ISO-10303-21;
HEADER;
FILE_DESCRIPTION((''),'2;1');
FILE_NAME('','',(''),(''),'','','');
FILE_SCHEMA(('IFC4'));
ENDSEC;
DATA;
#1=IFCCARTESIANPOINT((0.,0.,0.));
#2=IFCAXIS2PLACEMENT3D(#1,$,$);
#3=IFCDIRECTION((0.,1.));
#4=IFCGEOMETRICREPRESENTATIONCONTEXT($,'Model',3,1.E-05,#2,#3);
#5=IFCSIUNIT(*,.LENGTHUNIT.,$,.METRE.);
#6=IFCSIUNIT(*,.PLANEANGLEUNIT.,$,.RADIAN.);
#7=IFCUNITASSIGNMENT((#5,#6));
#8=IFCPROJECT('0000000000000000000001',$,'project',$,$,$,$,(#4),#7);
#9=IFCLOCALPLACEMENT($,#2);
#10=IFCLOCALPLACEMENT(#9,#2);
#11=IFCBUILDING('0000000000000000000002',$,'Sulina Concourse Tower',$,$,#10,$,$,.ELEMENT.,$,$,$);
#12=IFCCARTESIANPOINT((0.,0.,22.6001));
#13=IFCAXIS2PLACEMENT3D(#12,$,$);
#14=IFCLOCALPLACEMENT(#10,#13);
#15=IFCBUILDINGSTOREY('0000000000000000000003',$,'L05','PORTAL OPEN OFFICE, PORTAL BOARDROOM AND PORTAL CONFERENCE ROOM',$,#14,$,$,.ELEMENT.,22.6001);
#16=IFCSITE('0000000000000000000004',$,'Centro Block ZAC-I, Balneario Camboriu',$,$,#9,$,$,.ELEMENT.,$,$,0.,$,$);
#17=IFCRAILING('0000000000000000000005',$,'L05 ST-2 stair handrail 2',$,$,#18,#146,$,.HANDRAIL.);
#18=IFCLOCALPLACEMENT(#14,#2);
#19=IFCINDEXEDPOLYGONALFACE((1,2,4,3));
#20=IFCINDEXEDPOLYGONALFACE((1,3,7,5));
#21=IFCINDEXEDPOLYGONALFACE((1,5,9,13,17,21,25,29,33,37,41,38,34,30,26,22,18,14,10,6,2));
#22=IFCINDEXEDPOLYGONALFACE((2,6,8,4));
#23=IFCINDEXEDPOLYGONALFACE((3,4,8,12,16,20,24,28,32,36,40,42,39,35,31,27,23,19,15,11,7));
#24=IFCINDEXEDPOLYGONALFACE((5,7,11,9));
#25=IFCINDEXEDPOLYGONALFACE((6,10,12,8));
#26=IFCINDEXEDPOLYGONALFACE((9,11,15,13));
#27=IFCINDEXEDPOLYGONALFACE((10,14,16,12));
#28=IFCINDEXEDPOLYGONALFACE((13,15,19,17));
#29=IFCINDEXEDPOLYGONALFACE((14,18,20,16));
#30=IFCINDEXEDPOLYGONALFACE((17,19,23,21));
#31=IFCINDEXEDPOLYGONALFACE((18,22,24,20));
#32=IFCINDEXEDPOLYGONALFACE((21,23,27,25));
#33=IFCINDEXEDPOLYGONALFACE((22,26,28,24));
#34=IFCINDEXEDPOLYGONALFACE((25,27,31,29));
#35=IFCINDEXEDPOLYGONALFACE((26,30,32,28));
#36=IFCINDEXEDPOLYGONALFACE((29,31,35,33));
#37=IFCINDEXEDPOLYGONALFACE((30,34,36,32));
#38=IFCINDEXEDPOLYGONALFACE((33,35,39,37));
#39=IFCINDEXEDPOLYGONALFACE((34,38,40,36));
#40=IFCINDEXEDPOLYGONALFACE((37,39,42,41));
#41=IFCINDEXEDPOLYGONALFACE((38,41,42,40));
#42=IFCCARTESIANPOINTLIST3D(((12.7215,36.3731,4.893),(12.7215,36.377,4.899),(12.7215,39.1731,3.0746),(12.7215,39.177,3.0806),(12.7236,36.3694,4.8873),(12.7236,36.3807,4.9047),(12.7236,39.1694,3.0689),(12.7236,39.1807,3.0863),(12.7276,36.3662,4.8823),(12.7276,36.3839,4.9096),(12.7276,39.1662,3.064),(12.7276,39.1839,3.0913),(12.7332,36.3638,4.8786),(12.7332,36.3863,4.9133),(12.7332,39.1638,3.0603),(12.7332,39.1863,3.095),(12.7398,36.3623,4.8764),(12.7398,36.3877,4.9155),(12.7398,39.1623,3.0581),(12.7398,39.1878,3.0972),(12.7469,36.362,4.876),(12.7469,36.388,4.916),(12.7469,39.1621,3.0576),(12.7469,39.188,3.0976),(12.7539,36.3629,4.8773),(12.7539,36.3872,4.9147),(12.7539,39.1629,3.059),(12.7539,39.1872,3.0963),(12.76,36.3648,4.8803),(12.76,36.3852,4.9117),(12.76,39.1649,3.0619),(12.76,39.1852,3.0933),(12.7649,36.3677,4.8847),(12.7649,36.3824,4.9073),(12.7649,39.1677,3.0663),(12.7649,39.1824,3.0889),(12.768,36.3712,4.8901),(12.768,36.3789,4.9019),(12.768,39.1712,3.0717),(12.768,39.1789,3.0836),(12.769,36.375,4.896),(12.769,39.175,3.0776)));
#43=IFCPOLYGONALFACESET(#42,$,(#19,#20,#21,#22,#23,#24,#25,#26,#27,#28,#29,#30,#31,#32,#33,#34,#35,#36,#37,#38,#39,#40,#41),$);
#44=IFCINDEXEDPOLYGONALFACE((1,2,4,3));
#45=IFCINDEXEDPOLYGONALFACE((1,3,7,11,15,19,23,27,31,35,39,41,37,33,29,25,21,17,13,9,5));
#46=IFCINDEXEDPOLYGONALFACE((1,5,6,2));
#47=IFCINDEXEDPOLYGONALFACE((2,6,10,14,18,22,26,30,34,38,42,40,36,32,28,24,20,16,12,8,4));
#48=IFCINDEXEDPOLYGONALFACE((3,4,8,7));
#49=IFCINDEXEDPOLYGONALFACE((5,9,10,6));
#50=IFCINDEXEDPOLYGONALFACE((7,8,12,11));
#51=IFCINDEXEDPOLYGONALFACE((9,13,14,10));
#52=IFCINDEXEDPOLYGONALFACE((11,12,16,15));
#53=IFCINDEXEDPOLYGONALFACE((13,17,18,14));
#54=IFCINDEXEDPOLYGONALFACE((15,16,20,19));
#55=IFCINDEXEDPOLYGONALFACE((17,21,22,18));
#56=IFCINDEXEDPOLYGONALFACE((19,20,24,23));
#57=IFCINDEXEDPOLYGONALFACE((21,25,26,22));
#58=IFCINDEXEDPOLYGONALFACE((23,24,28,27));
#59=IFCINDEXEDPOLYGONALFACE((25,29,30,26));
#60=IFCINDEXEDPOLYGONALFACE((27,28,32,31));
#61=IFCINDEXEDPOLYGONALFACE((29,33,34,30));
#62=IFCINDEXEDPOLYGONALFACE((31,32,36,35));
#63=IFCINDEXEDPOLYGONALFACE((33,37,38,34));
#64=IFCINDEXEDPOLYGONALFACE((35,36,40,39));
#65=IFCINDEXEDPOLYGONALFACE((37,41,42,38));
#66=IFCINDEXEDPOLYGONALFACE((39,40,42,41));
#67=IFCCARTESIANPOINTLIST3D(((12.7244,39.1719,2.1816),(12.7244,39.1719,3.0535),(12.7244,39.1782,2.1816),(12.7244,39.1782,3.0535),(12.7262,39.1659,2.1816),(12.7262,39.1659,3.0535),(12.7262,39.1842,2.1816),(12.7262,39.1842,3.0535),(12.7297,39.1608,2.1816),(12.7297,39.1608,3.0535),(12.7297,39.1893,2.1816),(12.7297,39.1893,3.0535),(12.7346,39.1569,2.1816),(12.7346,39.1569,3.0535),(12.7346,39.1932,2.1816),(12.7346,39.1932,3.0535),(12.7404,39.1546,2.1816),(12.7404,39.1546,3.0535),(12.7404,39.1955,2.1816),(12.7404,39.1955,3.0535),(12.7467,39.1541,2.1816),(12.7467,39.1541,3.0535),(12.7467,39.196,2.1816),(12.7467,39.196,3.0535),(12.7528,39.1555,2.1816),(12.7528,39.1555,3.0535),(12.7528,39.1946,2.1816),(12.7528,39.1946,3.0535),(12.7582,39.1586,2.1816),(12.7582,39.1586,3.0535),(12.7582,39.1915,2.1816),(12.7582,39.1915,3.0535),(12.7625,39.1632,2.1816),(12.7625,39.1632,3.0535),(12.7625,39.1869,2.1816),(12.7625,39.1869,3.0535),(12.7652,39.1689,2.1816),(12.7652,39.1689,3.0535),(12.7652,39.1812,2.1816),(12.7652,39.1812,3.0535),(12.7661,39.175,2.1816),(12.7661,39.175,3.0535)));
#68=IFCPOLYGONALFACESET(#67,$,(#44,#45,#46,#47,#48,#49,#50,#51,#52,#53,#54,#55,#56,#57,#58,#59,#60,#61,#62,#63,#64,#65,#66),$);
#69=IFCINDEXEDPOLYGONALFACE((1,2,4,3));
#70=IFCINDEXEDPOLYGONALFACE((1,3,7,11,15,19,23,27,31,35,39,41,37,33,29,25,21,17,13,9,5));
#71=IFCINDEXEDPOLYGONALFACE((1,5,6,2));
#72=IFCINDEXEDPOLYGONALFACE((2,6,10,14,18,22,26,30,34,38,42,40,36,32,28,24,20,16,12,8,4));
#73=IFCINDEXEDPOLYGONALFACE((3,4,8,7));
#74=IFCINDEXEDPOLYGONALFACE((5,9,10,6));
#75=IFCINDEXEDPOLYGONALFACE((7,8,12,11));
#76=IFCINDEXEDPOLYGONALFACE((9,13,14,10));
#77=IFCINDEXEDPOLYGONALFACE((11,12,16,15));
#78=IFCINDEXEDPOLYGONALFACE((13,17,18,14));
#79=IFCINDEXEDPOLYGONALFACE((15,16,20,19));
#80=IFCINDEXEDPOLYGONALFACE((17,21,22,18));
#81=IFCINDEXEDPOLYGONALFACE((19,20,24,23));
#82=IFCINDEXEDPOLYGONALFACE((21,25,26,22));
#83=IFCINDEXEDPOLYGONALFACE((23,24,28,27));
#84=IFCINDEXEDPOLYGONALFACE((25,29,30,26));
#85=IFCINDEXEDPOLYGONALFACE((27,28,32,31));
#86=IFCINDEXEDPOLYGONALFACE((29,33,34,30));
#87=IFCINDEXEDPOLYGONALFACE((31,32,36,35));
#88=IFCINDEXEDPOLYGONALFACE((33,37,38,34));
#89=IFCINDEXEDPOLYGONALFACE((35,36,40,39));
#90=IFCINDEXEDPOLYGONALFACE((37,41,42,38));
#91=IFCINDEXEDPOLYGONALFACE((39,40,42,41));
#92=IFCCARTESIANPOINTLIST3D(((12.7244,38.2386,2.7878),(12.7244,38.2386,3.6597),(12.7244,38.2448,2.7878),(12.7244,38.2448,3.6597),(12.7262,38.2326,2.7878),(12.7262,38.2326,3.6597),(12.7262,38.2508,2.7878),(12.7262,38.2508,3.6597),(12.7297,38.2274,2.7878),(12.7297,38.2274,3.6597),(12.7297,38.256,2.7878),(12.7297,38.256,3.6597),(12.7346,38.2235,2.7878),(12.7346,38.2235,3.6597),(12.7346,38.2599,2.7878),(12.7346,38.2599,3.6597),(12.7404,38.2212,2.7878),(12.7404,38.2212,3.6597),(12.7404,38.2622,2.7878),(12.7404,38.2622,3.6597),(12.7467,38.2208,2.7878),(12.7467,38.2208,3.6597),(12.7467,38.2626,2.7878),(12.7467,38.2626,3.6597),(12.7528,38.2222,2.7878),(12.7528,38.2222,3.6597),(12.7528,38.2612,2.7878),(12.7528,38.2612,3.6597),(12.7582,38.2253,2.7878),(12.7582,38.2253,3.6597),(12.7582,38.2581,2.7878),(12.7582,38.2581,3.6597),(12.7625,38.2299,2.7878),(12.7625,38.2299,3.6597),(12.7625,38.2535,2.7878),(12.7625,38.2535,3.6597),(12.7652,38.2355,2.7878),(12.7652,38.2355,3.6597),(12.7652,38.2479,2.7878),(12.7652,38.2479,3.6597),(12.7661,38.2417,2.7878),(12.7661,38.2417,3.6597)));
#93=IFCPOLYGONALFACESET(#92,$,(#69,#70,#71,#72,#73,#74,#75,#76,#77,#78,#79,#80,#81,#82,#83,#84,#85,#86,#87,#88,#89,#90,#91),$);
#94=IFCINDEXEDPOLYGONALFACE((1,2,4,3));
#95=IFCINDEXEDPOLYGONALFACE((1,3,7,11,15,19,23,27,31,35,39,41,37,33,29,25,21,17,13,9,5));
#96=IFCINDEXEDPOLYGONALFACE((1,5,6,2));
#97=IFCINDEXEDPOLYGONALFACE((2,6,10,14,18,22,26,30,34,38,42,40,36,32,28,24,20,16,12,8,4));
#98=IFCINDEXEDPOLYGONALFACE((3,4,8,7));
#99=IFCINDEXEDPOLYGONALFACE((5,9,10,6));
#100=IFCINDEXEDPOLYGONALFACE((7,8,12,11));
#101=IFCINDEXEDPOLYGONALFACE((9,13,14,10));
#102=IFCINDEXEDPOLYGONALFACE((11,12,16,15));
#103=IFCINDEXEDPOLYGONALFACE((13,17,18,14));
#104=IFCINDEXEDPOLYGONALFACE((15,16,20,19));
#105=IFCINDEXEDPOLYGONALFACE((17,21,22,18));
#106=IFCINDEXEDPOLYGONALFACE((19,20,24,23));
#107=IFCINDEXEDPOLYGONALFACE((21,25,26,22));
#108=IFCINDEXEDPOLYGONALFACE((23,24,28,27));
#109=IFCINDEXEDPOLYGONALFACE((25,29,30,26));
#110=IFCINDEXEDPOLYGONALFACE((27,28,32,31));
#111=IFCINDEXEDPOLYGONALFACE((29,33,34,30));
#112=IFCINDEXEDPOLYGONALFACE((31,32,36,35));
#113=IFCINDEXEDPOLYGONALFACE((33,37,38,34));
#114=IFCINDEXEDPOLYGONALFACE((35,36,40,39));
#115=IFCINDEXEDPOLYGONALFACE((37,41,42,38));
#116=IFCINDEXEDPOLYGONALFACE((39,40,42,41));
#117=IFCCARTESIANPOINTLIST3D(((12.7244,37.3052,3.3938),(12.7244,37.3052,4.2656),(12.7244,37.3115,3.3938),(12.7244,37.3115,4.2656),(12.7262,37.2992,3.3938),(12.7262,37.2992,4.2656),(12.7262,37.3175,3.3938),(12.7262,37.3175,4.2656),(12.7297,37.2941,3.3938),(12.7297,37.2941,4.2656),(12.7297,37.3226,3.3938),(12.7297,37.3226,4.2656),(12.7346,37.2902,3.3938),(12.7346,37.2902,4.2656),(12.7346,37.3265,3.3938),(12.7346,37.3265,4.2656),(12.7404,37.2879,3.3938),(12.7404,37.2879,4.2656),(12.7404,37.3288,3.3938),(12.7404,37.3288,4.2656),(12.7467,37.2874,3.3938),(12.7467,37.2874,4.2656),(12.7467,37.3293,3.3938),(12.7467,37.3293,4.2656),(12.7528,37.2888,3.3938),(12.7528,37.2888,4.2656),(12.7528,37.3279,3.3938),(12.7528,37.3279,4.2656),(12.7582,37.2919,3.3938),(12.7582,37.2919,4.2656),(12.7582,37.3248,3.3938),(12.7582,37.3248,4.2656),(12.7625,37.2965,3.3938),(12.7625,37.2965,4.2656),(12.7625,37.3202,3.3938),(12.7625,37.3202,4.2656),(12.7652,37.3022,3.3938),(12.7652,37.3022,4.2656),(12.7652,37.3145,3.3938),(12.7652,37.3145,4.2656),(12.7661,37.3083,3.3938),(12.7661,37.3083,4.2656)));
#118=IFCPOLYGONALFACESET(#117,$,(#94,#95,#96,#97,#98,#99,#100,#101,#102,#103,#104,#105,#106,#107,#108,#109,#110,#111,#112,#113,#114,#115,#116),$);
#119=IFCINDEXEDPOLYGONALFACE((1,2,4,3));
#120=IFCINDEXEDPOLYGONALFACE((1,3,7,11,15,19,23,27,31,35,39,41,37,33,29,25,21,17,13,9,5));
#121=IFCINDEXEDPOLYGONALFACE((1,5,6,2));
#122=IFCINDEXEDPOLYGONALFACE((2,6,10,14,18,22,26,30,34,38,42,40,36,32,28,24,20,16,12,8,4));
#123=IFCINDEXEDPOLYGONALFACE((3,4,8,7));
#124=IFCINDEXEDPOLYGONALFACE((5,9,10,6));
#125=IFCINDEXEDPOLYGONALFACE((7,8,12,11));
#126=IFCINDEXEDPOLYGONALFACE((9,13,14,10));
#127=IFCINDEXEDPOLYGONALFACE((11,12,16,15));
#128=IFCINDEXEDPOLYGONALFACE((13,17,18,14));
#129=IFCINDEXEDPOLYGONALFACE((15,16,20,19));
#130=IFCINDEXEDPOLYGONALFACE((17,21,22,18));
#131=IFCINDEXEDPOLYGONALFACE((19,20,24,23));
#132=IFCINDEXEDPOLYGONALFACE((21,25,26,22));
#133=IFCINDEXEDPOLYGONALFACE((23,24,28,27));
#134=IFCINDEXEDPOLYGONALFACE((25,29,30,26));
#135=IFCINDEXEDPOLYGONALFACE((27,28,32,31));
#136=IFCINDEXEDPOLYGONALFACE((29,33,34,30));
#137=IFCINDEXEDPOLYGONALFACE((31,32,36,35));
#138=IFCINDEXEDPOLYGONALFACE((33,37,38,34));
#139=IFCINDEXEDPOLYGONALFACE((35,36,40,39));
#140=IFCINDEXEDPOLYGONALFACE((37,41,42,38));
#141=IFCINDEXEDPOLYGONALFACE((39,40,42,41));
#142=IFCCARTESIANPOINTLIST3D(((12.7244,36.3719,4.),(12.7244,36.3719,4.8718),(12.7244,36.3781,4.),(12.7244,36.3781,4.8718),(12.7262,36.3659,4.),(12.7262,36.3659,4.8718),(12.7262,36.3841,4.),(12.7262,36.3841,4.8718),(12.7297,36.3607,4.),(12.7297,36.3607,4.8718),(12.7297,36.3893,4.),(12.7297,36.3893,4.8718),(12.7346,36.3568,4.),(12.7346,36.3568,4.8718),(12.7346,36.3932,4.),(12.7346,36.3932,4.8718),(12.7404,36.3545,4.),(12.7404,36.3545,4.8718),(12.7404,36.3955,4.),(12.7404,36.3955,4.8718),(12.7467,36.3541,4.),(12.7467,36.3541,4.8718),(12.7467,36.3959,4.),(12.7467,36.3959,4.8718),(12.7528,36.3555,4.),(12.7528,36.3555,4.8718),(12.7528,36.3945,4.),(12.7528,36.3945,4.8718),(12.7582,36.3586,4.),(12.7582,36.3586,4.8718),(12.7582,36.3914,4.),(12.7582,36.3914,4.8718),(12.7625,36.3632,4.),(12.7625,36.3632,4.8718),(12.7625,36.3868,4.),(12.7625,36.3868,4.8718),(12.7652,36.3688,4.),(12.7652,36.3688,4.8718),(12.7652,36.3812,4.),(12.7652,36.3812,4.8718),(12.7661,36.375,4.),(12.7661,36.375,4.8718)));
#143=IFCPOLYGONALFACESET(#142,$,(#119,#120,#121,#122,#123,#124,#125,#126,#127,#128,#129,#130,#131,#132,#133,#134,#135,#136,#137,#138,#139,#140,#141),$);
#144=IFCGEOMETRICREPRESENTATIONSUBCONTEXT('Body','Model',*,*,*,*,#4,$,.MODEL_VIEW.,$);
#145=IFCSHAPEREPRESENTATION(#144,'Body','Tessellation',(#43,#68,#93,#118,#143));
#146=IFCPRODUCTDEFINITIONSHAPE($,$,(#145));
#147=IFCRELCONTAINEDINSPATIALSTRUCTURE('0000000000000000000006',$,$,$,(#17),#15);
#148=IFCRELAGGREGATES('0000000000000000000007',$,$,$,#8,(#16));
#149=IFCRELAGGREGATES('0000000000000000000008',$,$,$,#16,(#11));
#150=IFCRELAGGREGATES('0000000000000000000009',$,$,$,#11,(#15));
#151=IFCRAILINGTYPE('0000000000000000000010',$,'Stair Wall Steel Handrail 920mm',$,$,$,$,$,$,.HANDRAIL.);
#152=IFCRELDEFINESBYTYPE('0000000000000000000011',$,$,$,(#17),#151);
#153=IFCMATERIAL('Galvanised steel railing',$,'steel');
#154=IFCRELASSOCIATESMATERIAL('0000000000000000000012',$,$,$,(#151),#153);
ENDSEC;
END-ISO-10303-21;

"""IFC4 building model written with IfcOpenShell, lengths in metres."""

from ifc_helpers import new_model, si_unit, direction, frame, origin, origin_2d, place, context, subcontext, project, spatial, circle, extrude, material, type_object, element, save


model = new_model("IFC4")

# Units and contexts
model_context = context("Model", 3, precision=1e-05, world=origin(), true_north=direction((0.0, 1.0)))
body_context = subcontext(model_context, "Body", "Model", "MODEL_VIEW")
ifc_project = project(units=[si_unit("LENGTHUNIT", "METRE"), si_unit("PLANEANGLEUNIT", "RADIAN")], contexts=[model_context])

# Site, building, storey
site_placement = place(None, origin())
site = spatial("IfcSite", under=ifc_project, at=site_placement, Name="Centro Block ZAC-I, Balneario Camboriu", CompositionType="ELEMENT", RefElevation=0.0)
building_placement = place(site_placement, origin())
building = spatial("IfcBuilding", under=site, at=building_placement, Name="Sulina Concourse Tower", CompositionType="ELEMENT")
storey_placement = place(building_placement, frame((0.0, 0.0, 22.6001)))
storey = spatial("IfcBuildingStorey", under=building, at=storey_placement, Name="L05", Description="PORTAL OPEN OFFICE, PORTAL BOARDROOM AND PORTAL CONFERENCE ROOM", CompositionType="ELEMENT", Elevation=22.6001)

# Railing
ifc_material_1 = material(Name="Galvanised steel railing", Category="steel")
railing_type_1 = type_object("IfcRailingType", Name="Stair Wall Steel Handrail 920mm", PredefinedType="HANDRAIL", material=ifc_material_1)
railing_1_placement = place(storey_placement, frame((12.7451, 39.175, 2.1816)))
element("IfcRailing", 1, at=railing_1_placement, inside=storey, type_object=railing_type_1, Name="L05 ST-2 stair handrail 2", PredefinedType="HANDRAIL", context=body_context, shape_type="SweptSolid", body=[
    extrude(circle(Radius=0.0239, at=origin_2d()), frame((0.0, 0.0, 0.896), z_axis=(0.0, -0.838672, 0.544636), x_axis=(1.0, 0.0, 0.0)), (0.0, 0.0, 1.0), 3.3386),
    extrude(circle(Radius=0.021, at=origin_2d()), origin(), (0.0, 0.0, 1.0), 0.8718),
    extrude(circle(Radius=0.021, at=origin_2d()), frame((0.0, -0.9333, 0.6062)), (0.0, 0.0, 1.0), 0.8718),
    extrude(circle(Radius=0.021, at=origin_2d()), frame((0.0, -1.8667, 1.2122)), (0.0, 0.0, 1.0), 0.8718),
    extrude(circle(Radius=0.021, at=origin_2d()), frame((0.0, -2.8, 1.8184)), (0.0, 0.0, 1.0), 0.8718),
])

save(model, "model.ifc")
